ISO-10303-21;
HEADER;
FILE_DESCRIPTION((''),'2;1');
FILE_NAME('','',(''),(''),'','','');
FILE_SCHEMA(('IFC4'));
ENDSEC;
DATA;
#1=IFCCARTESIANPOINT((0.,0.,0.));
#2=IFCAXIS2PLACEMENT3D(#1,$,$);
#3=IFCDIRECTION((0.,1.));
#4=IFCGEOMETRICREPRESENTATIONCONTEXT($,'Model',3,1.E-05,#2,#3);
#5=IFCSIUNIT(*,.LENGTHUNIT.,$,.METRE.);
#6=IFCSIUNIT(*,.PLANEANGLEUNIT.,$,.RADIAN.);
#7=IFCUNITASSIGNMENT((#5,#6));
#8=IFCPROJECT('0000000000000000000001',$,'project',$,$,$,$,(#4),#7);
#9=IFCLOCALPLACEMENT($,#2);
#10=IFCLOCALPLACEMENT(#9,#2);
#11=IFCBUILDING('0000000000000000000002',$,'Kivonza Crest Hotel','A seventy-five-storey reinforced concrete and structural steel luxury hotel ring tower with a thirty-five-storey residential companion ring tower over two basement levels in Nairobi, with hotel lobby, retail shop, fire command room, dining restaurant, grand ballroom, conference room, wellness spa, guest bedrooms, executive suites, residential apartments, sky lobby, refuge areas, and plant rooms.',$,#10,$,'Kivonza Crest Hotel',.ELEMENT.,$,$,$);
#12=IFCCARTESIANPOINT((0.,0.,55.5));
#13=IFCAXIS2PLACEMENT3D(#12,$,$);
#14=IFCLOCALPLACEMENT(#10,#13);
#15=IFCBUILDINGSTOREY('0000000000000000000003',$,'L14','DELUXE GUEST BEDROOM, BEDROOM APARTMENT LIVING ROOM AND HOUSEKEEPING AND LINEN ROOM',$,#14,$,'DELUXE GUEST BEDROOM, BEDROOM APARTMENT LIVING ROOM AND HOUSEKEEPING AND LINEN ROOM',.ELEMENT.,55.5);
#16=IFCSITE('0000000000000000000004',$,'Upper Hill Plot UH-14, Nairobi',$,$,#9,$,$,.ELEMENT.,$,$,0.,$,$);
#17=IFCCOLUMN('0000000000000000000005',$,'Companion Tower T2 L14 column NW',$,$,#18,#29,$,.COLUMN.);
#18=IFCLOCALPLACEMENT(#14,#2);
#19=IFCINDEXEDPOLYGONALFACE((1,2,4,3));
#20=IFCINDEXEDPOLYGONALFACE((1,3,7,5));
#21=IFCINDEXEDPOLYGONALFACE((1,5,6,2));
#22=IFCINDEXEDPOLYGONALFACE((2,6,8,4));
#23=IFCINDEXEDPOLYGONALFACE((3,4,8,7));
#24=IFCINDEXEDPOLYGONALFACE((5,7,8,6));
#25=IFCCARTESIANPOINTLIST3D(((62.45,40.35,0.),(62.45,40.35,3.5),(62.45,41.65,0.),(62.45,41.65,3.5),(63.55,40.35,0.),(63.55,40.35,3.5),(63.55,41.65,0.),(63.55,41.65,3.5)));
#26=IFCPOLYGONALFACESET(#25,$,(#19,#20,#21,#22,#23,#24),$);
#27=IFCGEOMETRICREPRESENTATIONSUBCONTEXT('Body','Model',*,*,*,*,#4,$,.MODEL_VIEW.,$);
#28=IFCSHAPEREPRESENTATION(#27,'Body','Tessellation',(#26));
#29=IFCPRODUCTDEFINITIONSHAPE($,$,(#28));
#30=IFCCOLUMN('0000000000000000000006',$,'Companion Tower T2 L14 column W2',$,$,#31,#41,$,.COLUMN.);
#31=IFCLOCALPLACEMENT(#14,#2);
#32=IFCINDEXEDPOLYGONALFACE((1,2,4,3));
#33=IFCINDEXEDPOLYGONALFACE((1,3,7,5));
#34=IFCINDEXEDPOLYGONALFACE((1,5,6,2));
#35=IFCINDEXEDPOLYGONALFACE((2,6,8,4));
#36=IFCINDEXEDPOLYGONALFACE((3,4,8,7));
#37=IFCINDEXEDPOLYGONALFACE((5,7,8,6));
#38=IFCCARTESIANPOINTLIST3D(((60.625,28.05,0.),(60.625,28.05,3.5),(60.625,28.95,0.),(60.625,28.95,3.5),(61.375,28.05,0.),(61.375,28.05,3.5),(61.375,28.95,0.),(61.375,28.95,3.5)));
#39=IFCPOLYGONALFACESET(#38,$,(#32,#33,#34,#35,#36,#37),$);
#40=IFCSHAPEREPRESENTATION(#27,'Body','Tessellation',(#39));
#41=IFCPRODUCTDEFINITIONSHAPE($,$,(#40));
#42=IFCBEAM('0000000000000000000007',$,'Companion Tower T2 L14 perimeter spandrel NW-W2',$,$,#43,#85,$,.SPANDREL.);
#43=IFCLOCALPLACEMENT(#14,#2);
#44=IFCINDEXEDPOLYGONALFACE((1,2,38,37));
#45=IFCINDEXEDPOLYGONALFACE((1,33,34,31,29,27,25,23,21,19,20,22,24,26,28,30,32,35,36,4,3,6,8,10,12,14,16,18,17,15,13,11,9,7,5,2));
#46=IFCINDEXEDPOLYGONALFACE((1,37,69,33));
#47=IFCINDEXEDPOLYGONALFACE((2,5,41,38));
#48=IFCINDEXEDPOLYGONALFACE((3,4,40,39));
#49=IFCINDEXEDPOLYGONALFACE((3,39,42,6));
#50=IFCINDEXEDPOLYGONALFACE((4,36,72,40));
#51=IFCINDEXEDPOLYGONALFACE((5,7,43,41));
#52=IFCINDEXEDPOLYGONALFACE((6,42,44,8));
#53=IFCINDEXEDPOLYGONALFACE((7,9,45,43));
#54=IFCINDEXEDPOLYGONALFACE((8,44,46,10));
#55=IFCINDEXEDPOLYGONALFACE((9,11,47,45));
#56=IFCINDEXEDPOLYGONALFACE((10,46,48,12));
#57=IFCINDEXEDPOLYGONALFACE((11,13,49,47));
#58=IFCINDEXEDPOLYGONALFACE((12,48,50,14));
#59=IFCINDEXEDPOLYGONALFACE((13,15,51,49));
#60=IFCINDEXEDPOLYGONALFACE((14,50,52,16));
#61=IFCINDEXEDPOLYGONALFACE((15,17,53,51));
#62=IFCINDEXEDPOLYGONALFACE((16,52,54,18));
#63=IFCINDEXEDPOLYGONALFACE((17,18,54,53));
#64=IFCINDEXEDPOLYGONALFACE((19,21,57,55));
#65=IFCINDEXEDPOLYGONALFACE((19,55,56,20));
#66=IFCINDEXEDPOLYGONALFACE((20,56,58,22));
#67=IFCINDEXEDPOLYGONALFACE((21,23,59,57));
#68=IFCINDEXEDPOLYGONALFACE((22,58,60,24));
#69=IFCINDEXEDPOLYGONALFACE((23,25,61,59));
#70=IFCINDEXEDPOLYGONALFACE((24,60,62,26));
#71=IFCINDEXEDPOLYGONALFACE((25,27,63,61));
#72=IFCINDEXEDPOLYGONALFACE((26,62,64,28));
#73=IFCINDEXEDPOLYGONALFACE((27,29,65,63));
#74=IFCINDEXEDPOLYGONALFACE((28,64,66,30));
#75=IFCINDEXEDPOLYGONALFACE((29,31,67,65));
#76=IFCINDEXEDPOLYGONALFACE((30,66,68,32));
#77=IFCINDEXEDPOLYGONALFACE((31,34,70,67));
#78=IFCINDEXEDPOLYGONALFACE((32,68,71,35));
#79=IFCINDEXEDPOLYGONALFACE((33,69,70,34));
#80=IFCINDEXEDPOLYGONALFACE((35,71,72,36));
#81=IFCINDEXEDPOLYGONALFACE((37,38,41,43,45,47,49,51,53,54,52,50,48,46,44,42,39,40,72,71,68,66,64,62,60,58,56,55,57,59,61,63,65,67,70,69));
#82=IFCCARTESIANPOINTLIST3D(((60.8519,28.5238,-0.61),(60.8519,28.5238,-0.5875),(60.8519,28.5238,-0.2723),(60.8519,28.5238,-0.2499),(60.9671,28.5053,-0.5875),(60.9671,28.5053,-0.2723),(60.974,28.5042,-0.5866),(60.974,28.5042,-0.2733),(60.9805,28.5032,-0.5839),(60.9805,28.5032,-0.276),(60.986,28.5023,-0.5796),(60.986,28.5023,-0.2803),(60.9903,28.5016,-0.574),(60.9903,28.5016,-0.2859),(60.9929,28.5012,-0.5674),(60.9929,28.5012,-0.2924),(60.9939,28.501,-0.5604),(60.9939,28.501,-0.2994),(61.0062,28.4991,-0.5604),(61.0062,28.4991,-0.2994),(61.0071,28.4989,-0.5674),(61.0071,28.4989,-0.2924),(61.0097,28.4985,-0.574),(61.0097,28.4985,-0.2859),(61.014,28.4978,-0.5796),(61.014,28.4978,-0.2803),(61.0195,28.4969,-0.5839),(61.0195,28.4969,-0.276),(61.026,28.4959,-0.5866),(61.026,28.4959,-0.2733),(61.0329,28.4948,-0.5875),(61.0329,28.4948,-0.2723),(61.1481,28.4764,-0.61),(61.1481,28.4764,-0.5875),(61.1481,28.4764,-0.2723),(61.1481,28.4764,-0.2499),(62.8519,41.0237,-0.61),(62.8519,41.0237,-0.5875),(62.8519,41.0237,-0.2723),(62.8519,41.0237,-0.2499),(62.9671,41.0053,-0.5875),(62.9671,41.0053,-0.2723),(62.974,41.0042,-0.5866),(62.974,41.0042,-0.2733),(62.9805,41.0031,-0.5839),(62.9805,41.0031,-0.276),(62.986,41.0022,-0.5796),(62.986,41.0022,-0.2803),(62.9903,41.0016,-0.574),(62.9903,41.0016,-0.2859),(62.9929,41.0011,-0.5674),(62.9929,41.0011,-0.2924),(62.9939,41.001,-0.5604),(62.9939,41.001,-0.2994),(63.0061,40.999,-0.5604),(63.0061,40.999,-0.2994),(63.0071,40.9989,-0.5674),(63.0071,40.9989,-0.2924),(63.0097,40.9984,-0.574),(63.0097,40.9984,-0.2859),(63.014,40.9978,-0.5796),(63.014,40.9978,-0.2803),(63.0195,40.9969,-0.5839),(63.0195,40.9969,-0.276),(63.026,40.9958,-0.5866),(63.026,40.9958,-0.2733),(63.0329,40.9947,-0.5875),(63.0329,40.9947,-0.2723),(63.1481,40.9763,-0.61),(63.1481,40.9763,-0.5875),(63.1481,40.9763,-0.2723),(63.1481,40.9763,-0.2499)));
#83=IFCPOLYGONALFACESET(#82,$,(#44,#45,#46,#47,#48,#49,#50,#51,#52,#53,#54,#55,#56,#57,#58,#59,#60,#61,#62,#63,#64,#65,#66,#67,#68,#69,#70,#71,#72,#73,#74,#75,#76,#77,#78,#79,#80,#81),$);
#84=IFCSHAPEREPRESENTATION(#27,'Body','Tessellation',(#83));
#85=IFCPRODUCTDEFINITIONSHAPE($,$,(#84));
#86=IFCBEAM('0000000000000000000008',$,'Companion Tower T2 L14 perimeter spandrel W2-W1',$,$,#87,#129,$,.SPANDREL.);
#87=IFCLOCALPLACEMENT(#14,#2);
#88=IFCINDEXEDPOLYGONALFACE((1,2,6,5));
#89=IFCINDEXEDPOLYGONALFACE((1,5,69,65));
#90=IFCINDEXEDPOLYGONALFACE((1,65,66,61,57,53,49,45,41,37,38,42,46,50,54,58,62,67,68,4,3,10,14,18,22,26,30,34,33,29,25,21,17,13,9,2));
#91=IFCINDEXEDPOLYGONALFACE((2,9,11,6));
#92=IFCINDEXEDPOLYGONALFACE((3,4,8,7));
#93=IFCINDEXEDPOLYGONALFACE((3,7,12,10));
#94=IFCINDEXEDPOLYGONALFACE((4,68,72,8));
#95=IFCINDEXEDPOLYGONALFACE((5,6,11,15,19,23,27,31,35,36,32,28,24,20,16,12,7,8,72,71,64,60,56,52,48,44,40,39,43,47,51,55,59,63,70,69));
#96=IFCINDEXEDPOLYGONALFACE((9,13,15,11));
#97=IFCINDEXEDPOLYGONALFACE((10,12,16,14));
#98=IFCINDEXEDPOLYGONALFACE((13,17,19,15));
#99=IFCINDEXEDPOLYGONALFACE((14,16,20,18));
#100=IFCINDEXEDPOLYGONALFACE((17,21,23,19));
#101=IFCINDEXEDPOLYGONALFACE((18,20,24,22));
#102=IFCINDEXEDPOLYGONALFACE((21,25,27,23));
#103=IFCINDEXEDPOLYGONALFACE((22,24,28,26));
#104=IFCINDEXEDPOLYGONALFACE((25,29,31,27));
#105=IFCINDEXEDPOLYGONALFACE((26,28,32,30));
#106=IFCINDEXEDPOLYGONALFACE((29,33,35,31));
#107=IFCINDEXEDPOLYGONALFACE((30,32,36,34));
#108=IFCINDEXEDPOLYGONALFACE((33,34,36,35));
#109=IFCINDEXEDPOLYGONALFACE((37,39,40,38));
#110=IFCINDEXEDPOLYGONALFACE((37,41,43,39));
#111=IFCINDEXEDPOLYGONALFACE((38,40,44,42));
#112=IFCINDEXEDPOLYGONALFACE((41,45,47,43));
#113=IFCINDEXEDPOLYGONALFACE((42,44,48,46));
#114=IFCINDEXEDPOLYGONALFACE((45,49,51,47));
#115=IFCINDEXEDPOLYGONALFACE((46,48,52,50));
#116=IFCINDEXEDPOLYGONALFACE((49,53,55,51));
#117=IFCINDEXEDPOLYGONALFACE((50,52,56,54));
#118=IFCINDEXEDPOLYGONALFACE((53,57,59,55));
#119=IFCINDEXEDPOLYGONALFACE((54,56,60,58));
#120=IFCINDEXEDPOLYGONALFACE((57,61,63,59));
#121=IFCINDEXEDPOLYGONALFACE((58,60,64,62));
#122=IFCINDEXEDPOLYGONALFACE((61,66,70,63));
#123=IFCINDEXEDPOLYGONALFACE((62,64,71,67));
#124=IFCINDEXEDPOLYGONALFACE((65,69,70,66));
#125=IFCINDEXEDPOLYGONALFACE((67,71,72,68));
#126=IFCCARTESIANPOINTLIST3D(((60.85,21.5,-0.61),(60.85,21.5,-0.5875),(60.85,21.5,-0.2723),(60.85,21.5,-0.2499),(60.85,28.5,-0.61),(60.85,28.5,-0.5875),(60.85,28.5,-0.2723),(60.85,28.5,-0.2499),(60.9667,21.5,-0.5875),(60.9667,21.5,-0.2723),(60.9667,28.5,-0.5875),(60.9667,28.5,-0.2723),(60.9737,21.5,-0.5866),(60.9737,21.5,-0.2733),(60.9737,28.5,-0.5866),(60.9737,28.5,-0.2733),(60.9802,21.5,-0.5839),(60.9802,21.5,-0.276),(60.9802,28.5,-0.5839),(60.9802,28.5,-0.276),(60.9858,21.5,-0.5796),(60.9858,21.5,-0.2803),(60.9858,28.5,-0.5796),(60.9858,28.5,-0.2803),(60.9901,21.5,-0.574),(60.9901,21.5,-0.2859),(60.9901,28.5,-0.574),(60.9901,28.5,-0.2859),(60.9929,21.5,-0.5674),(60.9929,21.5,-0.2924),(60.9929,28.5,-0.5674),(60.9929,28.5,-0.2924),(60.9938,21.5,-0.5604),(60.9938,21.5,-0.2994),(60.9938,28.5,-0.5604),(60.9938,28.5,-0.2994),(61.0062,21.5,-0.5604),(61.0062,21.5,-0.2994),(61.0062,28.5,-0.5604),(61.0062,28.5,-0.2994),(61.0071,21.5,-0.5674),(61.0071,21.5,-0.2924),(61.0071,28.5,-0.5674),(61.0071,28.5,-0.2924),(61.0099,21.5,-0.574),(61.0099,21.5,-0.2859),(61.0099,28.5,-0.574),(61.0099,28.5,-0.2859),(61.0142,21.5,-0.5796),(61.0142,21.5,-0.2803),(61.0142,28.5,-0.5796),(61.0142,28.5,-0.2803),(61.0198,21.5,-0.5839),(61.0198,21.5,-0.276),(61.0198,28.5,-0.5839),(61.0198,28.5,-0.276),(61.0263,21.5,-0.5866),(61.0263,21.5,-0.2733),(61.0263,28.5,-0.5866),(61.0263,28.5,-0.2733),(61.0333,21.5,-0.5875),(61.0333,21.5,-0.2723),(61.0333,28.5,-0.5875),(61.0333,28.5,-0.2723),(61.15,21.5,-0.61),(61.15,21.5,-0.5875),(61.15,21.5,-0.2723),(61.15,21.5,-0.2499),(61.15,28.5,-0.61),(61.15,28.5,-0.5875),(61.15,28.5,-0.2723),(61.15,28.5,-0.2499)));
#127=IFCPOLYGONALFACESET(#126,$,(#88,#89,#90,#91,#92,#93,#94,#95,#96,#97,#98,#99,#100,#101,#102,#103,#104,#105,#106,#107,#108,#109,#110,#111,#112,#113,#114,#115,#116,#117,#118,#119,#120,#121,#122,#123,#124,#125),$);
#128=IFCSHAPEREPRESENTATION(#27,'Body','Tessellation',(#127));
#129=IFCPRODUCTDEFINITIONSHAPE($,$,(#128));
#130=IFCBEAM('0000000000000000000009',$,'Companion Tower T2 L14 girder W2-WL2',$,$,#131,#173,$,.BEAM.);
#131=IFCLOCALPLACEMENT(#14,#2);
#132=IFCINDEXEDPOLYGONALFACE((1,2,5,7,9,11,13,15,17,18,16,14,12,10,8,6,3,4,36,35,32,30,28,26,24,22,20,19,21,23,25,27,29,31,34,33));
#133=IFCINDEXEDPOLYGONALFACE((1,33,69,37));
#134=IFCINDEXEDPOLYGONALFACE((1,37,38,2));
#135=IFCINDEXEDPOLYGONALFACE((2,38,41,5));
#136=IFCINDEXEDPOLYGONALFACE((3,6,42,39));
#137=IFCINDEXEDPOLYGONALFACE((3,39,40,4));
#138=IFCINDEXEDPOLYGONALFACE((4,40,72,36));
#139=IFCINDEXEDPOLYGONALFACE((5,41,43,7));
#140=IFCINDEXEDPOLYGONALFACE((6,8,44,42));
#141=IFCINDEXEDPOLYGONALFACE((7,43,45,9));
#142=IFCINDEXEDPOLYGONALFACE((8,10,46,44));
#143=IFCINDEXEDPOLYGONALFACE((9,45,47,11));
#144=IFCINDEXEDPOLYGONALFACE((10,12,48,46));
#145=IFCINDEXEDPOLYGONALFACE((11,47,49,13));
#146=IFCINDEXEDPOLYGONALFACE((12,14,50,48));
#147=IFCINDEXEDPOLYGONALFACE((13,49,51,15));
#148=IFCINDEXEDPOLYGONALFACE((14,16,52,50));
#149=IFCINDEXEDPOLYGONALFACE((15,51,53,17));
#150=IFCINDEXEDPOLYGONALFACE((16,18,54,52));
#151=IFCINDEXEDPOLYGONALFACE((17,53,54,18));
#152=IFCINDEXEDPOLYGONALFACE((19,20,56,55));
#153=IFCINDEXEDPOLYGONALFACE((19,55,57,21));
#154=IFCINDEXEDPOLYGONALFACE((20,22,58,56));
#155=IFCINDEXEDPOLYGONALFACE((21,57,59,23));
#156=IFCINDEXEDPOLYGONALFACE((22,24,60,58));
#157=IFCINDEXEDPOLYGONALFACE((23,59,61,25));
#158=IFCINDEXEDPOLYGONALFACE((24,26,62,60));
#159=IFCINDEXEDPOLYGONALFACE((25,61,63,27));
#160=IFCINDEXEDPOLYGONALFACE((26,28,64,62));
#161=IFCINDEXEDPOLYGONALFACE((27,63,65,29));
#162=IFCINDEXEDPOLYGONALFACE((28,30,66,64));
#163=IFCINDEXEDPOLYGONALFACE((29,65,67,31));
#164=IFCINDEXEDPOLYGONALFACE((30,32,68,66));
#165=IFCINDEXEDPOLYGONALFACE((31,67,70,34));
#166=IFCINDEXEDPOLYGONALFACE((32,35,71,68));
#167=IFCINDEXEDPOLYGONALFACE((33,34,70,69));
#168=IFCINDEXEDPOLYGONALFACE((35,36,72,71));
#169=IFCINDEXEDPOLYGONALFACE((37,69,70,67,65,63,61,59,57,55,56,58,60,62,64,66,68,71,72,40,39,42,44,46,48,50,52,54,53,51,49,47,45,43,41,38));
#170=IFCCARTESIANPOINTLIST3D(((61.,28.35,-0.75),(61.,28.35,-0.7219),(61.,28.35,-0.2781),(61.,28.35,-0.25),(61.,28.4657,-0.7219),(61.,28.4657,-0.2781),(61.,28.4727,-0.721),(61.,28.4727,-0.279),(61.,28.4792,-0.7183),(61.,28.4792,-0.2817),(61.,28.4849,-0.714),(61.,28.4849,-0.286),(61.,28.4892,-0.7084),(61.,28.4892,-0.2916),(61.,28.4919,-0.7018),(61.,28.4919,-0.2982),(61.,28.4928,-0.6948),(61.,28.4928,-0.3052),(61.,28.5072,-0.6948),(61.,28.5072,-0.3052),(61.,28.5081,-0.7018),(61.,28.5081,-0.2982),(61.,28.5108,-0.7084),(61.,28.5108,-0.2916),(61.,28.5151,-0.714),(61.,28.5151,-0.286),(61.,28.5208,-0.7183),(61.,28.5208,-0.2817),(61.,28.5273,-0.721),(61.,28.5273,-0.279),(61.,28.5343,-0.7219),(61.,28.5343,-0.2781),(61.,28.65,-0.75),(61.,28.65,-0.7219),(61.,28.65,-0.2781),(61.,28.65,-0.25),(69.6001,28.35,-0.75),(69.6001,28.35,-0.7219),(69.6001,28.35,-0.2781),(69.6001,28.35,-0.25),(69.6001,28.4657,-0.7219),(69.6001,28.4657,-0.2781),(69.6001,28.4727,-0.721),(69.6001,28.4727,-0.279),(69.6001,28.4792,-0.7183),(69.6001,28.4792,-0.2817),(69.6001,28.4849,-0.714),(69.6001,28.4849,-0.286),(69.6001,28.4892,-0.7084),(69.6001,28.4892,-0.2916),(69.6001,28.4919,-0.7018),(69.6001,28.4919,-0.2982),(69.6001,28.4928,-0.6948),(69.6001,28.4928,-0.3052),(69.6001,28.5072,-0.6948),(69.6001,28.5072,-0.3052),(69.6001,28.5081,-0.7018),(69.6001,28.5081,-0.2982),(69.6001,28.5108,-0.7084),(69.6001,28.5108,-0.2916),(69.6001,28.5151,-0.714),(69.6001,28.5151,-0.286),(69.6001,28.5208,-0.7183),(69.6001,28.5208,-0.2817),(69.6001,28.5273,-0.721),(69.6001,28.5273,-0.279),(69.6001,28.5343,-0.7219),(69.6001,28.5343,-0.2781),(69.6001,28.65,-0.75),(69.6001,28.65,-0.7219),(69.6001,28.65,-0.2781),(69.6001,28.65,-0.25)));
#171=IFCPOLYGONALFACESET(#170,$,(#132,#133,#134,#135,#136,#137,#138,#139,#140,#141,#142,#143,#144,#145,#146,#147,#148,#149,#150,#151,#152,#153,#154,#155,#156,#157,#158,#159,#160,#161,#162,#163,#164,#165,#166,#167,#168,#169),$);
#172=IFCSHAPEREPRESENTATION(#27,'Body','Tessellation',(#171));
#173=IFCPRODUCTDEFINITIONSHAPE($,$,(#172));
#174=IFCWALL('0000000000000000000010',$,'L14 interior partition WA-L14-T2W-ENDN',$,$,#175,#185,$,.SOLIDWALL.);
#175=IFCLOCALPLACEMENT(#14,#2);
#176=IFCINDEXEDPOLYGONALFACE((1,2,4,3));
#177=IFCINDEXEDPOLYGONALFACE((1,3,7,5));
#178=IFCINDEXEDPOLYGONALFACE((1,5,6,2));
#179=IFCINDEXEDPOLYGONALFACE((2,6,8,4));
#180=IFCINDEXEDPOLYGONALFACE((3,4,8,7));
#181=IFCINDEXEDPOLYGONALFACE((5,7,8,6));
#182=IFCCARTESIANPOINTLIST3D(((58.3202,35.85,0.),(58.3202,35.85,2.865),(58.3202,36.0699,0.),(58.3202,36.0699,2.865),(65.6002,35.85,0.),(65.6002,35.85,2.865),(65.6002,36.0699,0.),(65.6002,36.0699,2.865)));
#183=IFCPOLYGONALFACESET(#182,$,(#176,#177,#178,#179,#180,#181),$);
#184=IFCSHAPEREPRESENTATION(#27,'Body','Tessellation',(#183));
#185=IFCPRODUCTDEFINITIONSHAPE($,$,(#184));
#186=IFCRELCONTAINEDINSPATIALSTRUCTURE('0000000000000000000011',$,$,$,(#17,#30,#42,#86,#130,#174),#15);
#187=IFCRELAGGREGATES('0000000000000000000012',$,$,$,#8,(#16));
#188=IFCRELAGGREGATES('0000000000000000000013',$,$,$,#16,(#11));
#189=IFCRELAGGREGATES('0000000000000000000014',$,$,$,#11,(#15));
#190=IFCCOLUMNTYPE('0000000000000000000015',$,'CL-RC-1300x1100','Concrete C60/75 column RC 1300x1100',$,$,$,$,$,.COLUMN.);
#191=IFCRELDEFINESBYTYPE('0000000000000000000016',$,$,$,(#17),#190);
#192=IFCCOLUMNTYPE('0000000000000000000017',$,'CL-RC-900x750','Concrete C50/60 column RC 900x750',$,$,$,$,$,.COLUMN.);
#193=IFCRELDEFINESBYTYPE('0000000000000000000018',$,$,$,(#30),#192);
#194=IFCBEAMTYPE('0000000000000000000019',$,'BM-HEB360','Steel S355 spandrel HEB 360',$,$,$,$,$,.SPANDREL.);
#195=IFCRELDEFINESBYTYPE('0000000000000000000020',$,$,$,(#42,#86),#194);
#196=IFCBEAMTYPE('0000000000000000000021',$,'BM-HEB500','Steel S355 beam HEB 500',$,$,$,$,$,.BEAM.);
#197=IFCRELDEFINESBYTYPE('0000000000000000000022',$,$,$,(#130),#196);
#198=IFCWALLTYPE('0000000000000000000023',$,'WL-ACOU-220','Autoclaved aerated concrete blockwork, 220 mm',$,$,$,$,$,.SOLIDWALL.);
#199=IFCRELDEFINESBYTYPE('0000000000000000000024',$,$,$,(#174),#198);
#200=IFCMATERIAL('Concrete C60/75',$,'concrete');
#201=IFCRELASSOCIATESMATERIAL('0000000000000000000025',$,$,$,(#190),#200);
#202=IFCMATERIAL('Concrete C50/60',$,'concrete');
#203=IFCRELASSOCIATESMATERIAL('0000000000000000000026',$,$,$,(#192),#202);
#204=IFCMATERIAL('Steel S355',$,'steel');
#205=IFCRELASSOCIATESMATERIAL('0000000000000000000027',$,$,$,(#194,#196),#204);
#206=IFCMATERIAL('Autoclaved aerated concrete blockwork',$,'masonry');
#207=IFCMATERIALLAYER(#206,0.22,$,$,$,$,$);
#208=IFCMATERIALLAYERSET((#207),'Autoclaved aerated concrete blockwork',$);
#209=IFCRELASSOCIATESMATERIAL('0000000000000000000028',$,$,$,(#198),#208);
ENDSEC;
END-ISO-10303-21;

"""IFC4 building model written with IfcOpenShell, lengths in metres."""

from ifc_helpers import new_model, si_unit, direction, frame, frame_2d, origin, origin_2d, place, context, subcontext, project, spatial, rectangle, i_section, extrude, material, layer, layer_set, material_profile, profile_set, type_object, element, save


model = new_model("IFC4")

# Units and contexts
model_context = context("Model", 3, precision=1e-05, world=origin(), true_north=direction((0.0, 1.0)))
body_context = subcontext(model_context, "Body", "Model", "MODEL_VIEW")
ifc_project = project(units=[si_unit("LENGTHUNIT", "METRE"), si_unit("PLANEANGLEUNIT", "RADIAN")], contexts=[model_context])

# Site, building, storey
site_placement = place(None, origin())
site = spatial("IfcSite", under=ifc_project, at=site_placement, Name="Upper Hill Plot UH-14, Nairobi", CompositionType="ELEMENT", RefElevation=0.0)
building_placement = place(site_placement, origin())
building = spatial("IfcBuilding", under=site, at=building_placement, Name="Kivonza Crest Hotel", Description="A seventy-five-storey reinforced concrete and structural steel luxury hotel ring tower with a thirty-five-storey residential companion ring tower over two basement levels in Nairobi, with hotel lobby, retail shop, fire command room, dining restaurant, grand ballroom, conference room, wellness spa, guest bedrooms, executive suites, residential apartments, sky lobby, refuge areas, and plant rooms.", LongName="Kivonza Crest Hotel", CompositionType="ELEMENT")
storey_placement = place(building_placement, frame((0.0, 0.0, 55.5)))
storey = spatial("IfcBuildingStorey", under=building, at=storey_placement, Name="L14", Description="DELUXE GUEST BEDROOM, BEDROOM APARTMENT LIVING ROOM AND HOUSEKEEPING AND LINEN ROOM", LongName="DELUXE GUEST BEDROOM, BEDROOM APARTMENT LIVING ROOM AND HOUSEKEEPING AND LINEN ROOM", CompositionType="ELEMENT", Elevation=55.5)

# Columns
ifc_material_1 = material(Name="Concrete C60/75", Category="concrete")
ifc_material_profile_1 = material_profile(ifc_material_1, rectangle(XDim=1.1001, YDim=1.3, at=origin_2d()), Name="RC 1300x1100")
ifc_profile_set_1 = profile_set([ifc_material_profile_1], Name="Concrete C60/75")
column_type_1 = type_object("IfcColumnType", Name="CL-RC-1300x1100", Description="Concrete C60/75 column RC 1300x1100", PredefinedType="COLUMN", material=ifc_profile_set_1)
column_1_placement = place(storey_placement, frame((63.0, 41.0, 0.0), z_axis=(0.0, 0.0, 1.0), x_axis=(1.0, 0.0, 0.0)))
element("IfcColumn", 1, at=column_1_placement, inside=storey, type_object=column_type_1, Name="Companion Tower T2 L14 column NW", PredefinedType="COLUMN", context=body_context, shape_type="SweptSolid", body=[
    extrude(rectangle(XDim=1.1001, YDim=1.3, at=origin_2d()), origin(), (0.0, 0.0, 1.0), 3.5),
])
ifc_material_2 = material(Name="Concrete C50/60", Category="concrete")
ifc_material_profile_2 = material_profile(ifc_material_2, rectangle(XDim=0.75, YDim=0.8999, at=origin_2d()), Name="RC 900x750")
ifc_profile_set_2 = profile_set([ifc_material_profile_2], Name="Concrete C50/60")
column_type_2 = type_object("IfcColumnType", Name="CL-RC-900x750", Description="Concrete C50/60 column RC 900x750", PredefinedType="COLUMN", material=ifc_profile_set_2)
column_2_placement = place(storey_placement, frame((61.0, 28.5, 0.0), z_axis=(0.0, 0.0, 1.0), x_axis=(1.0, 0.0, 0.0)))
element("IfcColumn", 2, at=column_2_placement, inside=storey, type_object=column_type_2, Name="Companion Tower T2 L14 column W2", PredefinedType="COLUMN", context=body_context, shape_type="SweptSolid", body=[
    extrude(rectangle(XDim=0.75, YDim=0.8999, at=origin_2d()), origin(), (0.0, 0.0, 1.0), 3.5),
])

# Beams
ifc_material_3 = material(Name="Steel S355", Category="steel")
ifc_material_profile_3 = material_profile(ifc_material_3, i_section(OverallWidth=0.3, OverallDepth=0.3601, WebThickness=0.0125, FlangeThickness=0.0225, FilletRadius=0.0271, at=origin_2d()), Name="HEB 360")
ifc_profile_set_3 = profile_set([ifc_material_profile_3], Name="Steel S355")
beam_type_1 = type_object("IfcBeamType", Name="BM-HEB360", Description="Steel S355 spandrel HEB 360", PredefinedType="SPANDREL", material=ifc_profile_set_3)
beam_1_placement = place(storey_placement, frame((63.0, 41.0, -0.4299), z_axis=(-0.157991, -0.987441, 0.0), x_axis=(0.987441, -0.157991, 0.0)))
element("IfcBeam", 3, at=beam_1_placement, inside=storey, type_object=beam_type_1, Name="Companion Tower T2 L14 perimeter spandrel NW-W2", PredefinedType="SPANDREL", context=body_context, shape_type="SweptSolid", body=[
    extrude(i_section(OverallWidth=0.3, OverallDepth=0.3601, WebThickness=0.0125, FlangeThickness=0.0225, FilletRadius=0.0271, at=origin_2d()), origin(), (0.0, 0.0, 1.0), 12.6589),
])
beam_2_placement = place(storey_placement, frame((61.0, 28.5, -0.4299), z_axis=(0.0, -1.0, 0.0), x_axis=(1.0, 0.0, 0.0)))
element("IfcBeam", 4, at=beam_2_placement, inside=storey, type_object=beam_type_1, Name="Companion Tower T2 L14 perimeter spandrel W2-W1", PredefinedType="SPANDREL", context=body_context, shape_type="SweptSolid", body=[
    extrude(i_section(OverallWidth=0.3, OverallDepth=0.3601, WebThickness=0.0125, FlangeThickness=0.0225, FilletRadius=0.0271, at=origin_2d()), origin(), (0.0, 0.0, 1.0), 7.0),
])
ifc_material_profile_4 = material_profile(ifc_material_3, i_section(OverallWidth=0.3, OverallDepth=0.5, WebThickness=0.0144, FlangeThickness=0.0281, FilletRadius=0.0271, at=origin_2d()), Name="HEB 500")
ifc_profile_set_4 = profile_set([ifc_material_profile_4], Name="Steel S355")
beam_type_2 = type_object("IfcBeamType", Name="BM-HEB500", Description="Steel S355 beam HEB 500", PredefinedType="BEAM", material=ifc_profile_set_4)
beam_3_placement = place(storey_placement, frame((61.0, 28.5, -0.5), z_axis=(1.0, 0.0, 0.0), x_axis=(0.0, 1.0, 0.0)))
element("IfcBeam", 5, at=beam_3_placement, inside=storey, type_object=beam_type_2, Name="Companion Tower T2 L14 girder W2-WL2", PredefinedType="BEAM", context=body_context, shape_type="SweptSolid", body=[
    extrude(i_section(OverallWidth=0.3, OverallDepth=0.5, WebThickness=0.0144, FlangeThickness=0.0281, FilletRadius=0.0271, at=origin_2d()), origin(), (0.0, 0.0, 1.0), 8.6001),
])

# Wall
ifc_material_4 = material(Name="Autoclaved aerated concrete blockwork", Category="masonry")
ifc_layer_1 = layer(ifc_material_4, 0.22)
ifc_layer_set_1 = layer_set([ifc_layer_1], Name="Autoclaved aerated concrete blockwork")
wall_type_1 = type_object("IfcWallType", Name="WL-ACOU-220", Description="Autoclaved aerated concrete blockwork, 220 mm", PredefinedType="SOLIDWALL", material=ifc_layer_set_1)
wall_1_placement = place(storey_placement, frame((58.3201, 35.96, 0.0), z_axis=(0.0, 0.0, 1.0), x_axis=(1.0, 0.0, 0.0)))
element("IfcWall", 6, at=wall_1_placement, inside=storey, type_object=wall_type_1, Name="L14 interior partition WA-L14-T2W-ENDN", PredefinedType="SOLIDWALL", context=body_context, shape_type="SweptSolid", body=[
    extrude(rectangle(XDim=7.28, YDim=0.22, at=frame_2d((3.6401, 0.0))), origin(), (0.0, 0.0, 1.0), 2.865),
])

save(model, "model.ifc")
